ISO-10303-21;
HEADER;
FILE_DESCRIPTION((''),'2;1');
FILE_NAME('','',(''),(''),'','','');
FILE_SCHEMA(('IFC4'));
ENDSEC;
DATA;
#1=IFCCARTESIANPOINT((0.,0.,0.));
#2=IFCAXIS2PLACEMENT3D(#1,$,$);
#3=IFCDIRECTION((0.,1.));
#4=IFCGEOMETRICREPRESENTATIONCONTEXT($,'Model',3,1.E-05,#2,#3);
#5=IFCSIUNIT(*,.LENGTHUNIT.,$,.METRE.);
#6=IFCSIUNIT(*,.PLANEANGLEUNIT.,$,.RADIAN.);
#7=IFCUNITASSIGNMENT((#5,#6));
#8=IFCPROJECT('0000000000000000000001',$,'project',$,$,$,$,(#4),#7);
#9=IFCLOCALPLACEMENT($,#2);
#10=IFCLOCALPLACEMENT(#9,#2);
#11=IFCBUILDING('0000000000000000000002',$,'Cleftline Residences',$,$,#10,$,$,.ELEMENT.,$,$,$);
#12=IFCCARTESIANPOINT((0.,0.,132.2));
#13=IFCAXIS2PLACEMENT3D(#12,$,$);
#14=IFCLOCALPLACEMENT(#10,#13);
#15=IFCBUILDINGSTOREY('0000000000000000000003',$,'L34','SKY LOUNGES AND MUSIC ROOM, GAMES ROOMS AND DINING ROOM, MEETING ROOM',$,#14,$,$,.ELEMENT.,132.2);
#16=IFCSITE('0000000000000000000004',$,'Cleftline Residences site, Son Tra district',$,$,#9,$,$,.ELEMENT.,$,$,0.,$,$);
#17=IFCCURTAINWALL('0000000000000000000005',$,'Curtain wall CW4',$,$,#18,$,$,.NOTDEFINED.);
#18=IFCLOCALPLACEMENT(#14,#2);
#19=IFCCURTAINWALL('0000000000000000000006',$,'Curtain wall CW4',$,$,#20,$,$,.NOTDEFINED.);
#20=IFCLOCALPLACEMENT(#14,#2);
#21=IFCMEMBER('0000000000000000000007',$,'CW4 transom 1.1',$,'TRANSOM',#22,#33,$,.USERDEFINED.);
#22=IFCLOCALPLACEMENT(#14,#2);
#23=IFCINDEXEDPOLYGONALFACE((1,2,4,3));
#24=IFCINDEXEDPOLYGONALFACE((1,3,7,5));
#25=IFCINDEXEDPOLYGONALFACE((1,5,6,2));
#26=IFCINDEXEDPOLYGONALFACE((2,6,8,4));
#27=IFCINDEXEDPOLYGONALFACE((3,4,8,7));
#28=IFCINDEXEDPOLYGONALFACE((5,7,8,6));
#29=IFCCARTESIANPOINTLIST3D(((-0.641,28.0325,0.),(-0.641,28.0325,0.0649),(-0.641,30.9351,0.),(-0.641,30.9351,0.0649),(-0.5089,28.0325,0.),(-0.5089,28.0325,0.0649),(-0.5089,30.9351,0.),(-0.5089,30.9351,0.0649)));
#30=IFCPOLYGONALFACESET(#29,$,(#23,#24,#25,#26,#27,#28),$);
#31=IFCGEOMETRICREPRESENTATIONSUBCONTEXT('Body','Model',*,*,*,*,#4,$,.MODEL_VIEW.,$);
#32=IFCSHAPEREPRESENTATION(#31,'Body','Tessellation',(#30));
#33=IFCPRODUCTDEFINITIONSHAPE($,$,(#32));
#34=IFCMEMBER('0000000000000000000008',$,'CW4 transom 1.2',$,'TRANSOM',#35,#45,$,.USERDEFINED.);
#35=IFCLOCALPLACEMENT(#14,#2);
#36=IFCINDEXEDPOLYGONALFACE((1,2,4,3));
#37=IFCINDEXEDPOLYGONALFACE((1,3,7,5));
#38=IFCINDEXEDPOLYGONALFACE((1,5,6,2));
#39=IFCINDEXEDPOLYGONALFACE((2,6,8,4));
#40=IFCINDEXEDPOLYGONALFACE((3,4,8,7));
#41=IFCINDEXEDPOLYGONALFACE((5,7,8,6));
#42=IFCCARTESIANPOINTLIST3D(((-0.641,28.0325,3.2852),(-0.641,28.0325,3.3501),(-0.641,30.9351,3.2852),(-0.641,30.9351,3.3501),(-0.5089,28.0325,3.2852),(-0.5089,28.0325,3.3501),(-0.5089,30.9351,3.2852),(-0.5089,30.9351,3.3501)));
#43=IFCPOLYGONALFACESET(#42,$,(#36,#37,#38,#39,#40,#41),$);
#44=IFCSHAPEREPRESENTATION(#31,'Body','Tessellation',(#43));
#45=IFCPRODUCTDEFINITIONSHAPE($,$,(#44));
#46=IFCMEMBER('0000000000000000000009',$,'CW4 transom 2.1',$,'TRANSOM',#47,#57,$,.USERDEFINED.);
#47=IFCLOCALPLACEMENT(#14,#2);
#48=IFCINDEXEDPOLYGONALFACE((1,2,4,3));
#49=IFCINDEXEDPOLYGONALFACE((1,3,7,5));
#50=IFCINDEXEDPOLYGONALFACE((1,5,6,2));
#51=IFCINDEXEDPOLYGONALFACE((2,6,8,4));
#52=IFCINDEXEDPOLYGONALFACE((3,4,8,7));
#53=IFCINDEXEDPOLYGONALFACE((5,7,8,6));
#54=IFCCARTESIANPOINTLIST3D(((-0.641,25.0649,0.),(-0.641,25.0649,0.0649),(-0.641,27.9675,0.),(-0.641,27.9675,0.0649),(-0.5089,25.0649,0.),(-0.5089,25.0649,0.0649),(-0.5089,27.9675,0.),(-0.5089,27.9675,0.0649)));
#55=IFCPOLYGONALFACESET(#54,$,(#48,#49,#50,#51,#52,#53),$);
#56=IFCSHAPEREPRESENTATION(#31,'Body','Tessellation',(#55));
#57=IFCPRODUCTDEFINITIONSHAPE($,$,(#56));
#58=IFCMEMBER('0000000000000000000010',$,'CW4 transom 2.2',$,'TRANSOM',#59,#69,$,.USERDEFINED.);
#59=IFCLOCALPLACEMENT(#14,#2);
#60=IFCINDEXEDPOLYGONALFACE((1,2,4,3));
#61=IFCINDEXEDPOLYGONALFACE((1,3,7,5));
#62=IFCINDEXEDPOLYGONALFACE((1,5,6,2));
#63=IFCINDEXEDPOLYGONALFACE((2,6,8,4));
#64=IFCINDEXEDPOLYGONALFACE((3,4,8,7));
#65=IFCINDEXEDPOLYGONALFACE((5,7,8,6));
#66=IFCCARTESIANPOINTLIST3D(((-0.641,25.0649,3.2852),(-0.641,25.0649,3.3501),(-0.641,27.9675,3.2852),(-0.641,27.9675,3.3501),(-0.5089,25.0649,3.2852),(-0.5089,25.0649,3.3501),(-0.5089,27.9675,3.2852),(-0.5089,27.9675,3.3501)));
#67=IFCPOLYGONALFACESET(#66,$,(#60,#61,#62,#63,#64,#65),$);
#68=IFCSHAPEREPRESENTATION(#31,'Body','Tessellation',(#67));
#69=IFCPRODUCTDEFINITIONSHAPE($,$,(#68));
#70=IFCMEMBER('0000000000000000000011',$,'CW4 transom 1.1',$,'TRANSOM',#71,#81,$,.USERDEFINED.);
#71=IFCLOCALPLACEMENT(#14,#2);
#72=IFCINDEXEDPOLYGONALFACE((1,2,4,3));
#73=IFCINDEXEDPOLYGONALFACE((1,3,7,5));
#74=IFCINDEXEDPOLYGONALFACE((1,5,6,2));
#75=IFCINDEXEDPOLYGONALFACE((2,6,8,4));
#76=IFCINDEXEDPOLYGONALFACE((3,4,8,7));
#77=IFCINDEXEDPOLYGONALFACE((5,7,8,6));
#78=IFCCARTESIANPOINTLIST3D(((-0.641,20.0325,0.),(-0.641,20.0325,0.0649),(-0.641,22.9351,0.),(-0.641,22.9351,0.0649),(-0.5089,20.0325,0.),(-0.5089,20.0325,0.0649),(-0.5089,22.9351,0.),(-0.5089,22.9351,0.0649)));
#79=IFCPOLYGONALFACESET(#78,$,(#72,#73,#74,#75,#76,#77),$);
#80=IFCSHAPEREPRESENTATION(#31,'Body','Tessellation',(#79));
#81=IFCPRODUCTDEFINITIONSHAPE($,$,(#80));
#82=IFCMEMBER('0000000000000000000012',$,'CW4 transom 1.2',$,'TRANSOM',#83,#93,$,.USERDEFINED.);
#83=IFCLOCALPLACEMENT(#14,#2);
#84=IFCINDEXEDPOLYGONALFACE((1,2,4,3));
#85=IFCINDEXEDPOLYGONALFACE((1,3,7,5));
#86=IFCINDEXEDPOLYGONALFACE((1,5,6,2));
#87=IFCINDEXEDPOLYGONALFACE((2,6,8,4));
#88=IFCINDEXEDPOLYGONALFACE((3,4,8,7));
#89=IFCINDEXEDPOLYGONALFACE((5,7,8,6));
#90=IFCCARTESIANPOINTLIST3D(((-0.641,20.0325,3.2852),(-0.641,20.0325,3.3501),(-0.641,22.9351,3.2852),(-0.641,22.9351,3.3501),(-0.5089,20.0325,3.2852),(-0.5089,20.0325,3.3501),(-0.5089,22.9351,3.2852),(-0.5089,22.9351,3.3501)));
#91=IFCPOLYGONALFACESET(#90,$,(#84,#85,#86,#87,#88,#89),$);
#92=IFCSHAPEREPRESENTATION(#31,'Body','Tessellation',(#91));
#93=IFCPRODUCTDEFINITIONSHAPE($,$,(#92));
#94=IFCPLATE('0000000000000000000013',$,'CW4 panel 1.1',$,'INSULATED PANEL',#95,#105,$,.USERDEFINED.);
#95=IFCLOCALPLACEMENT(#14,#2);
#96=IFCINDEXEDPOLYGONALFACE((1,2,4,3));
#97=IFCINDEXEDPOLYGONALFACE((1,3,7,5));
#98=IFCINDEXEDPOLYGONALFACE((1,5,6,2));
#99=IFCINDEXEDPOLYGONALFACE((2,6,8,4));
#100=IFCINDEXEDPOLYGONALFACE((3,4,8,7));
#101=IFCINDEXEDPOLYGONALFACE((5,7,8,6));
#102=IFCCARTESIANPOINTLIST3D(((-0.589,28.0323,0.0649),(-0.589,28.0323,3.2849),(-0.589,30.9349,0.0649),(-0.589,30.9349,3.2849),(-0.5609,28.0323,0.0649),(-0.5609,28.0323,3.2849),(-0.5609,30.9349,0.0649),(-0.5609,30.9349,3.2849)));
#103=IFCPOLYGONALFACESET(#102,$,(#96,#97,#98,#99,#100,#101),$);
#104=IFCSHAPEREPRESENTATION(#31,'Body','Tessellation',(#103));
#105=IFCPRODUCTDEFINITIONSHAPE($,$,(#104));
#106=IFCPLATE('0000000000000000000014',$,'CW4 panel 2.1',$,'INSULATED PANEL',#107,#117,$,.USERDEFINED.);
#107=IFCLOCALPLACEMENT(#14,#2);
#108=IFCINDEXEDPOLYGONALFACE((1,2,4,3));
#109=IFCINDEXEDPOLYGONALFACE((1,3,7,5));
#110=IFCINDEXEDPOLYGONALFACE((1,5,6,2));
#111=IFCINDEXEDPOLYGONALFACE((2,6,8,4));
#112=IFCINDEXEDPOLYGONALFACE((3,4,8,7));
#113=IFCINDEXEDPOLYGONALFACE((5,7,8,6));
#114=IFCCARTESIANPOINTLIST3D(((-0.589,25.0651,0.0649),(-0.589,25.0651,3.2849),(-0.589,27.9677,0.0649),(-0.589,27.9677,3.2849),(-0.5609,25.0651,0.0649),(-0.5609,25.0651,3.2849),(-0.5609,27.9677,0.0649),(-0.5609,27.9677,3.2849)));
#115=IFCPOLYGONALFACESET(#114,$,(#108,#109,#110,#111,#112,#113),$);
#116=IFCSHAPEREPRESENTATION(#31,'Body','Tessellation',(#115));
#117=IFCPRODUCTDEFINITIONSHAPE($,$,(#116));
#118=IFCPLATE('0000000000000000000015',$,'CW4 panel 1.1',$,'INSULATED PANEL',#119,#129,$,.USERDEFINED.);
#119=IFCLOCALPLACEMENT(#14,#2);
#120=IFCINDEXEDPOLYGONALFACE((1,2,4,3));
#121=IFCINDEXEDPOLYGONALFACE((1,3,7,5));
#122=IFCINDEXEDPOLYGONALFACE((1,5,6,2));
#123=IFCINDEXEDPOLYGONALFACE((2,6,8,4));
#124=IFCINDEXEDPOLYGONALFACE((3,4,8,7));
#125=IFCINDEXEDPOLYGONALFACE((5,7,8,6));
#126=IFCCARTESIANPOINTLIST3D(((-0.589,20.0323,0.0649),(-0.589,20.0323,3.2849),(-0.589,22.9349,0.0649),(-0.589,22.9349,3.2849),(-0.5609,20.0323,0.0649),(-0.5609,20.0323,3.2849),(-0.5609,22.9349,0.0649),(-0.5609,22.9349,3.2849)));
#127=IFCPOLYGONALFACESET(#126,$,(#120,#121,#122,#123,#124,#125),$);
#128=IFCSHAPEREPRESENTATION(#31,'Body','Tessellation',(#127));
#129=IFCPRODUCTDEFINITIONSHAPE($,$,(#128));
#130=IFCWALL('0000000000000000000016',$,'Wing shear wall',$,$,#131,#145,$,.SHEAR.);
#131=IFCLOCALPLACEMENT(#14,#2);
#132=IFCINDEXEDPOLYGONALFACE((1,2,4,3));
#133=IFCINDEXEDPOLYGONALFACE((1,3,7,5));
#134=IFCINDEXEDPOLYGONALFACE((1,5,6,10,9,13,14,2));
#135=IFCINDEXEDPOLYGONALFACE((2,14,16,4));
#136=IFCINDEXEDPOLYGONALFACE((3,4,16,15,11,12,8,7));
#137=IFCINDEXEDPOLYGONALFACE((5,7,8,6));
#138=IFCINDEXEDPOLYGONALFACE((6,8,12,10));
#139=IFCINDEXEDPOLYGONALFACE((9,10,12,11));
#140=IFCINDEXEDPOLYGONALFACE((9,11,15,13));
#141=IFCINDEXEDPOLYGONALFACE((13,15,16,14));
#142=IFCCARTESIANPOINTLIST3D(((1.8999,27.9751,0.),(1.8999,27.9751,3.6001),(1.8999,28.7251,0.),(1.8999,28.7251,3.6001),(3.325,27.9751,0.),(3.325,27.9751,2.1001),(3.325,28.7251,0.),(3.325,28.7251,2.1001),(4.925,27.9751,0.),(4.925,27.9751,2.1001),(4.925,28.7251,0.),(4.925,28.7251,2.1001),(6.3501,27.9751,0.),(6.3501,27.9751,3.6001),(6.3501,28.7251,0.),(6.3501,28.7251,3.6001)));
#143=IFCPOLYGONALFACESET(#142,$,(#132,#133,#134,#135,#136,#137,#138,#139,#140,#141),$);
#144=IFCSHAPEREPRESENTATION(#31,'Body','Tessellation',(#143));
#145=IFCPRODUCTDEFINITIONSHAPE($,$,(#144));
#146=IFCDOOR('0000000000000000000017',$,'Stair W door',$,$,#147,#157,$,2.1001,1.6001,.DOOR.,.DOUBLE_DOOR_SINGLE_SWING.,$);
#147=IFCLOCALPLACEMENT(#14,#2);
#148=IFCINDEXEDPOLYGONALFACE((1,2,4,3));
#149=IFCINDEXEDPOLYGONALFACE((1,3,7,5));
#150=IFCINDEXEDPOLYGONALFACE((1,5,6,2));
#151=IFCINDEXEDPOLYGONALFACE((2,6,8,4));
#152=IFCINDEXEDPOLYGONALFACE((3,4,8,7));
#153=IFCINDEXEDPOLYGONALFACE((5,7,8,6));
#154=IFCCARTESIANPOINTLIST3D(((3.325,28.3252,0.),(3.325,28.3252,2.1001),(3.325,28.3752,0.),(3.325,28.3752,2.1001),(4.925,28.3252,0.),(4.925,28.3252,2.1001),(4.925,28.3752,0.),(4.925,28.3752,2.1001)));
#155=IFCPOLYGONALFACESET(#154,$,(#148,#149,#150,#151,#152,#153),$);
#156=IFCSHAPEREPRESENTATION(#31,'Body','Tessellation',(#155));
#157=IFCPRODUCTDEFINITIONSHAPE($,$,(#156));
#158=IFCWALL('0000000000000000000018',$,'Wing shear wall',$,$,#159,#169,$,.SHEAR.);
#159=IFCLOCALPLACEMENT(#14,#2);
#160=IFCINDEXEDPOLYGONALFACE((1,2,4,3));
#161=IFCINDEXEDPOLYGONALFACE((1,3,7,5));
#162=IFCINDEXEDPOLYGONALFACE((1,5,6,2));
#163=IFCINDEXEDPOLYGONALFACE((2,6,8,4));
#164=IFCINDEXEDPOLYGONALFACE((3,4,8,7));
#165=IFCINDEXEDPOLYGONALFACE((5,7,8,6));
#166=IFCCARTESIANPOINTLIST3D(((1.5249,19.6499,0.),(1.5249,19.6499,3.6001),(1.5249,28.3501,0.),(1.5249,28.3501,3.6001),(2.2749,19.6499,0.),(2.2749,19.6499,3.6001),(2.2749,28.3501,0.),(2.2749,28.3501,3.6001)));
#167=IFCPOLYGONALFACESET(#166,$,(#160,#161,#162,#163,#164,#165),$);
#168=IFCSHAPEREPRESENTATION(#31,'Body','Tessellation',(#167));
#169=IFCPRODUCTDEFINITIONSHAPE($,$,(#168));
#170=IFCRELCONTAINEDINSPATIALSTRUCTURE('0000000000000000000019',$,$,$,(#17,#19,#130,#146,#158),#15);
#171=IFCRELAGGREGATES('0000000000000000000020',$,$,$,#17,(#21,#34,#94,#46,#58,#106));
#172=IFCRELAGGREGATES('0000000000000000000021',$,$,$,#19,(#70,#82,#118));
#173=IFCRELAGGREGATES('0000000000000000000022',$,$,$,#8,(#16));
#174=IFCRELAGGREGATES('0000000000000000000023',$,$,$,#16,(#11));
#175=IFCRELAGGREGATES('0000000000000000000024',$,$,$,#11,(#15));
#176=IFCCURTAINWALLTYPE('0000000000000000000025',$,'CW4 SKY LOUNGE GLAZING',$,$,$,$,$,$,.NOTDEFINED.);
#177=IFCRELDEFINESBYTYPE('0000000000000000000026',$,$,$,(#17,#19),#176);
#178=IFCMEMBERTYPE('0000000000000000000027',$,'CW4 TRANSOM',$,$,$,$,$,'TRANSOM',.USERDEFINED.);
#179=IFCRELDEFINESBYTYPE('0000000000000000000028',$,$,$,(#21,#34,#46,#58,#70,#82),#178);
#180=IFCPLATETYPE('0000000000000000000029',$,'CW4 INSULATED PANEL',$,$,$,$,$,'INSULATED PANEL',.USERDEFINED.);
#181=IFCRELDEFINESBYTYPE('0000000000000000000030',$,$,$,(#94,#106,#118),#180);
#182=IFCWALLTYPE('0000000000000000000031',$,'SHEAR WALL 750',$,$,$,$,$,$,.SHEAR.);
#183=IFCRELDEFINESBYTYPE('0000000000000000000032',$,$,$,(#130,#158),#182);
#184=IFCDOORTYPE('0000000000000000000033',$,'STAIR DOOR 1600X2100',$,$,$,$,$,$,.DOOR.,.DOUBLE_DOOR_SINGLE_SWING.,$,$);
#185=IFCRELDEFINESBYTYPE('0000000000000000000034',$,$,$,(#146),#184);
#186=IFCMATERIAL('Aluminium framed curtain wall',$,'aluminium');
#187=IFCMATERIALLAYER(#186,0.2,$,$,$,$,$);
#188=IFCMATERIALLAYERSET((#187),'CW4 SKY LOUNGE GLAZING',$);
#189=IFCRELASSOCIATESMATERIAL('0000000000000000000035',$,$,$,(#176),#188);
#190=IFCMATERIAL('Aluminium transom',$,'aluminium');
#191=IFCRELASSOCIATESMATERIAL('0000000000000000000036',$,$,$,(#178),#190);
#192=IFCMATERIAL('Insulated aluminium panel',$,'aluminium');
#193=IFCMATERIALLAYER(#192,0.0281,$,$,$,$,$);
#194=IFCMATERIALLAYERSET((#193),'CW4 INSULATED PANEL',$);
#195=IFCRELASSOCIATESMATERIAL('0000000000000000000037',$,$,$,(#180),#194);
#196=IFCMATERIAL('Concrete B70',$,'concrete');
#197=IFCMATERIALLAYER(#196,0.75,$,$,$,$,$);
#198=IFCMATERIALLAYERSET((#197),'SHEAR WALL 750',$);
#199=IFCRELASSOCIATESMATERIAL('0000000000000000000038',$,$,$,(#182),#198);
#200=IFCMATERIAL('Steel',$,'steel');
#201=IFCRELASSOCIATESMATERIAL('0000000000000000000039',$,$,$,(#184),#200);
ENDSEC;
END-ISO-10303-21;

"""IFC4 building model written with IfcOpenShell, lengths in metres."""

from ifc_helpers import new_model, si_unit, direction, frame, frame_2d, origin, origin_2d, place, context, subcontext, project, spatial, rectangle, extrude, material, layer, layer_set, material_profile, profile_set, type_object, element, fill, aggregate, save


model = new_model("IFC4")

# Units and contexts
model_context = context("Model", 3, precision=1e-05, world=origin(), true_north=direction((0.0, 1.0)))
body_context = subcontext(model_context, "Body", "Model", "MODEL_VIEW")
ifc_project = project(units=[si_unit("LENGTHUNIT", "METRE"), si_unit("PLANEANGLEUNIT", "RADIAN")], contexts=[model_context])

# Site, building, storey
site_placement = place(None, origin())
site = spatial("IfcSite", under=ifc_project, at=site_placement, Name="Cleftline Residences site, Son Tra district", CompositionType="ELEMENT", RefElevation=0.0)
building_placement = place(site_placement, origin())
building = spatial("IfcBuilding", under=site, at=building_placement, Name="Cleftline Residences", CompositionType="ELEMENT")
storey_placement = place(building_placement, frame((0.0, 0.0, 132.2)))
storey = spatial("IfcBuildingStorey", under=building, at=storey_placement, Name="L34", Description="SKY LOUNGES AND MUSIC ROOM, GAMES ROOMS AND DINING ROOM, MEETING ROOM", CompositionType="ELEMENT", Elevation=132.2)

# Curtain wall
ifc_material_1 = material(Name="Aluminium framed curtain wall", Category="aluminium")
ifc_layer_1 = layer(ifc_material_1, 0.2)
ifc_layer_set_1 = layer_set([ifc_layer_1], Name="CW4 SKY LOUNGE GLAZING")
curtain_wall_type = type_object("IfcCurtainWallType", Name="CW4 SKY LOUNGE GLAZING", PredefinedType="NOTDEFINED", material=ifc_layer_set_1)
curtain_wall_1_placement = place(storey_placement, origin())
curtain_wall_1 = element("IfcCurtainWall", 1, at=curtain_wall_1_placement, inside=storey, type_object=curtain_wall_type, Name="Curtain wall CW4", PredefinedType="NOTDEFINED")

# Curtain wall
curtain_wall_2_placement = place(storey_placement, origin())
curtain_wall_2 = element("IfcCurtainWall", 2, at=curtain_wall_2_placement, inside=storey, type_object=curtain_wall_type, Name="Curtain wall CW4", PredefinedType="NOTDEFINED")

# Members
ifc_material_2 = material(Name="Aluminium transom", Category="aluminium")
ifc_material_profile_1 = material_profile(ifc_material_2, rectangle(XDim=0.1321, YDim=0.0649, at=origin_2d()))
ifc_profile_set_1 = profile_set([ifc_material_profile_1], Name="Aluminium transom")
member_type_1 = type_object("IfcMemberType", Name="CW4 TRANSOM", ElementType="TRANSOM", PredefinedType="USERDEFINED", material=ifc_profile_set_1)
member_1_placement = place(storey_placement, frame((-0.575, 30.9351, 0.0325), z_axis=(0.0, -1.0, 0.0), x_axis=(1.0, 0.0, 0.0)))
member_1 = element("IfcMember", 3, at=member_1_placement, type_object=member_type_1, Name="CW4 transom 1.1", ObjectType="TRANSOM", PredefinedType="USERDEFINED", context=body_context, shape_type="SweptSolid", body=[
    extrude(rectangle(XDim=0.1321, YDim=0.0649, at=origin_2d()), origin(), (0.0, 0.0, 1.0), 2.9026),
])
member_2_placement = place(storey_placement, frame((-0.575, 30.9351, 3.3176), z_axis=(0.0, -1.0, 0.0), x_axis=(1.0, 0.0, 0.0)))
member_2 = element("IfcMember", 4, at=member_2_placement, type_object=member_type_1, Name="CW4 transom 1.2", ObjectType="TRANSOM", PredefinedType="USERDEFINED", context=body_context, shape_type="SweptSolid", body=[
    extrude(rectangle(XDim=0.1321, YDim=0.0649, at=origin_2d()), origin(), (0.0, 0.0, 1.0), 2.9026),
])
member_3_placement = place(storey_placement, frame((-0.575, 27.9675, 0.0325), z_axis=(0.0, -1.0, 0.0), x_axis=(1.0, 0.0, 0.0)))
member_3 = element("IfcMember", 5, at=member_3_placement, type_object=member_type_1, Name="CW4 transom 2.1", ObjectType="TRANSOM", PredefinedType="USERDEFINED", context=body_context, shape_type="SweptSolid", body=[
    extrude(rectangle(XDim=0.1321, YDim=0.0649, at=origin_2d()), origin(), (0.0, 0.0, 1.0), 2.9026),
])
member_4_placement = place(storey_placement, frame((-0.575, 27.9675, 3.3176), z_axis=(0.0, -1.0, 0.0), x_axis=(1.0, 0.0, 0.0)))
member_4 = element("IfcMember", 6, at=member_4_placement, type_object=member_type_1, Name="CW4 transom 2.2", ObjectType="TRANSOM", PredefinedType="USERDEFINED", context=body_context, shape_type="SweptSolid", body=[
    extrude(rectangle(XDim=0.1321, YDim=0.0649, at=origin_2d()), origin(), (0.0, 0.0, 1.0), 2.9026),
])
member_5_placement = place(storey_placement, frame((-0.575, 22.9351, 0.0325), z_axis=(0.0, -1.0, 0.0), x_axis=(1.0, 0.0, 0.0)))
member_5 = element("IfcMember", 7, at=member_5_placement, type_object=member_type_1, Name="CW4 transom 1.1", ObjectType="TRANSOM", PredefinedType="USERDEFINED", context=body_context, shape_type="SweptSolid", body=[
    extrude(rectangle(XDim=0.1321, YDim=0.0649, at=origin_2d()), origin(), (0.0, 0.0, 1.0), 2.9026),
])
member_6_placement = place(storey_placement, frame((-0.575, 22.9351, 3.3176), z_axis=(0.0, -1.0, 0.0), x_axis=(1.0, 0.0, 0.0)))
member_6 = element("IfcMember", 8, at=member_6_placement, type_object=member_type_1, Name="CW4 transom 1.2", ObjectType="TRANSOM", PredefinedType="USERDEFINED", context=body_context, shape_type="SweptSolid", body=[
    extrude(rectangle(XDim=0.1321, YDim=0.0649, at=origin_2d()), origin(), (0.0, 0.0, 1.0), 2.9026),
])

# Plates
ifc_material_3 = material(Name="Insulated aluminium panel", Category="aluminium")
ifc_layer_2 = layer(ifc_material_3, 0.0281)
ifc_layer_set_2 = layer_set([ifc_layer_2], Name="CW4 INSULATED PANEL")
plate_type = type_object("IfcPlateType", Name="CW4 INSULATED PANEL", ElementType="INSULATED PANEL", PredefinedType="USERDEFINED", material=ifc_layer_set_2)
plate_1_placement = place(storey_placement, frame((-0.575, 29.4836, 0.0649), z_axis=(0.0, 0.0, 1.0), x_axis=(0.0, -1.0, 0.0)))
plate_1 = element("IfcPlate", 9, at=plate_1_placement, type_object=plate_type, Name="CW4 panel 1.1", ObjectType="INSULATED PANEL", PredefinedType="USERDEFINED", context=body_context, shape_type="SweptSolid", body=[
    extrude(rectangle(XDim=2.9026, YDim=0.0281, at=origin_2d()), origin(), (0.0, 0.0, 1.0), 3.22),
])
plate_2_placement = place(storey_placement, frame((-0.575, 26.5164, 0.0649), z_axis=(0.0, 0.0, 1.0), x_axis=(0.0, -1.0, 0.0)))
plate_2 = element("IfcPlate", 10, at=plate_2_placement, type_object=plate_type, Name="CW4 panel 2.1", ObjectType="INSULATED PANEL", PredefinedType="USERDEFINED", context=body_context, shape_type="SweptSolid", body=[
    extrude(rectangle(XDim=2.9026, YDim=0.0281, at=origin_2d()), origin(), (0.0, 0.0, 1.0), 3.22),
])
aggregate(curtain_wall_1, [member_1, member_2, plate_1, member_3, member_4, plate_2])
plate_3_placement = place(storey_placement, frame((-0.575, 21.4836, 0.0649), z_axis=(0.0, 0.0, 1.0), x_axis=(0.0, -1.0, 0.0)))
plate_3 = element("IfcPlate", 11, at=plate_3_placement, type_object=plate_type, Name="CW4 panel 1.1", ObjectType="INSULATED PANEL", PredefinedType="USERDEFINED", context=body_context, shape_type="SweptSolid", body=[
    extrude(rectangle(XDim=2.9026, YDim=0.0281, at=origin_2d()), origin(), (0.0, 0.0, 1.0), 3.22),
])
aggregate(curtain_wall_2, [member_5, member_6, plate_3])

# Wall, opening, door
ifc_material_4 = material(Name="Concrete B70", Category="concrete")
ifc_layer_3 = layer(ifc_material_4, 0.75)
ifc_layer_set_3 = layer_set([ifc_layer_3], Name="SHEAR WALL 750")
wall_type = type_object("IfcWallType", Name="SHEAR WALL 750", PredefinedType="SHEAR", material=ifc_layer_set_3)
wall_1_placement = place(storey_placement, frame((6.3501, 28.3501, 0.0), z_axis=(0.0, 0.0, 1.0), x_axis=(-1.0, 0.0, 0.0)))
wall_1 = element("IfcWall", 12, at=wall_1_placement, inside=storey, type_object=wall_type, Name="Wing shear wall", PredefinedType="SHEAR", context=body_context, shape_type="SweptSolid", body=[
    extrude(rectangle(XDim=4.4502, YDim=0.75, at=frame_2d((2.2251, 0.0))), origin(), (0.0, 0.0, 1.0), 3.6001),
])
opening_placement = place(wall_1_placement, frame((1.425, 0.0, 0.0)))
opening = element("IfcOpeningElement", 13, at=opening_placement, cuts=wall_1, PredefinedType="OPENING", context=body_context, shape_type="SweptSolid", body=[
    extrude(rectangle(XDim=1.6001, YDim=2.1001, at=frame_2d((0.8, 1.05))), frame((0.0, 0.385, 0.0), z_axis=(0.0, -1.0, 0.0), x_axis=(1.0, 0.0, 0.0)), (0.0, 0.0, 1.0), 0.77),
])
ifc_material_5 = material(Name="Steel", Category="steel")
door_type = type_object("IfcDoorType", Name="STAIR DOOR 1600X2100", OperationType="DOUBLE_DOOR_SINGLE_SWING", PredefinedType="DOOR", material=ifc_material_5)
door_placement = place(opening_placement, origin())
door = element("IfcDoor", 14, at=door_placement, inside=storey, type_object=door_type, Name="Stair W door", OperationType="DOUBLE_DOOR_SINGLE_SWING", OverallHeight=2.1001, OverallWidth=1.6001, PredefinedType="DOOR", context=body_context, shape_type="SweptSolid", body=[
    extrude(rectangle(XDim=1.6001, YDim=2.1001, at=frame_2d((0.8, 1.05))), frame((0.0, 0.0249, 0.0), z_axis=(0.0, -1.0, 0.0), x_axis=(1.0, 0.0, 0.0)), (0.0, 0.0, 1.0), 0.05),
])
fill(opening, door)

# Wall
wall_2_placement = place(storey_placement, frame((1.8999, 28.3501, 0.0), z_axis=(0.0, 0.0, 1.0), x_axis=(0.0, -1.0, 0.0)))
element("IfcWall", 15, at=wall_2_placement, inside=storey, type_object=wall_type, Name="Wing shear wall", PredefinedType="SHEAR", context=body_context, shape_type="SweptSolid", body=[
    extrude(rectangle(XDim=8.7002, YDim=0.75, at=frame_2d((4.3501, 0.0))), origin(), (0.0, 0.0, 1.0), 3.6001),
])

save(model, "model.ifc")
